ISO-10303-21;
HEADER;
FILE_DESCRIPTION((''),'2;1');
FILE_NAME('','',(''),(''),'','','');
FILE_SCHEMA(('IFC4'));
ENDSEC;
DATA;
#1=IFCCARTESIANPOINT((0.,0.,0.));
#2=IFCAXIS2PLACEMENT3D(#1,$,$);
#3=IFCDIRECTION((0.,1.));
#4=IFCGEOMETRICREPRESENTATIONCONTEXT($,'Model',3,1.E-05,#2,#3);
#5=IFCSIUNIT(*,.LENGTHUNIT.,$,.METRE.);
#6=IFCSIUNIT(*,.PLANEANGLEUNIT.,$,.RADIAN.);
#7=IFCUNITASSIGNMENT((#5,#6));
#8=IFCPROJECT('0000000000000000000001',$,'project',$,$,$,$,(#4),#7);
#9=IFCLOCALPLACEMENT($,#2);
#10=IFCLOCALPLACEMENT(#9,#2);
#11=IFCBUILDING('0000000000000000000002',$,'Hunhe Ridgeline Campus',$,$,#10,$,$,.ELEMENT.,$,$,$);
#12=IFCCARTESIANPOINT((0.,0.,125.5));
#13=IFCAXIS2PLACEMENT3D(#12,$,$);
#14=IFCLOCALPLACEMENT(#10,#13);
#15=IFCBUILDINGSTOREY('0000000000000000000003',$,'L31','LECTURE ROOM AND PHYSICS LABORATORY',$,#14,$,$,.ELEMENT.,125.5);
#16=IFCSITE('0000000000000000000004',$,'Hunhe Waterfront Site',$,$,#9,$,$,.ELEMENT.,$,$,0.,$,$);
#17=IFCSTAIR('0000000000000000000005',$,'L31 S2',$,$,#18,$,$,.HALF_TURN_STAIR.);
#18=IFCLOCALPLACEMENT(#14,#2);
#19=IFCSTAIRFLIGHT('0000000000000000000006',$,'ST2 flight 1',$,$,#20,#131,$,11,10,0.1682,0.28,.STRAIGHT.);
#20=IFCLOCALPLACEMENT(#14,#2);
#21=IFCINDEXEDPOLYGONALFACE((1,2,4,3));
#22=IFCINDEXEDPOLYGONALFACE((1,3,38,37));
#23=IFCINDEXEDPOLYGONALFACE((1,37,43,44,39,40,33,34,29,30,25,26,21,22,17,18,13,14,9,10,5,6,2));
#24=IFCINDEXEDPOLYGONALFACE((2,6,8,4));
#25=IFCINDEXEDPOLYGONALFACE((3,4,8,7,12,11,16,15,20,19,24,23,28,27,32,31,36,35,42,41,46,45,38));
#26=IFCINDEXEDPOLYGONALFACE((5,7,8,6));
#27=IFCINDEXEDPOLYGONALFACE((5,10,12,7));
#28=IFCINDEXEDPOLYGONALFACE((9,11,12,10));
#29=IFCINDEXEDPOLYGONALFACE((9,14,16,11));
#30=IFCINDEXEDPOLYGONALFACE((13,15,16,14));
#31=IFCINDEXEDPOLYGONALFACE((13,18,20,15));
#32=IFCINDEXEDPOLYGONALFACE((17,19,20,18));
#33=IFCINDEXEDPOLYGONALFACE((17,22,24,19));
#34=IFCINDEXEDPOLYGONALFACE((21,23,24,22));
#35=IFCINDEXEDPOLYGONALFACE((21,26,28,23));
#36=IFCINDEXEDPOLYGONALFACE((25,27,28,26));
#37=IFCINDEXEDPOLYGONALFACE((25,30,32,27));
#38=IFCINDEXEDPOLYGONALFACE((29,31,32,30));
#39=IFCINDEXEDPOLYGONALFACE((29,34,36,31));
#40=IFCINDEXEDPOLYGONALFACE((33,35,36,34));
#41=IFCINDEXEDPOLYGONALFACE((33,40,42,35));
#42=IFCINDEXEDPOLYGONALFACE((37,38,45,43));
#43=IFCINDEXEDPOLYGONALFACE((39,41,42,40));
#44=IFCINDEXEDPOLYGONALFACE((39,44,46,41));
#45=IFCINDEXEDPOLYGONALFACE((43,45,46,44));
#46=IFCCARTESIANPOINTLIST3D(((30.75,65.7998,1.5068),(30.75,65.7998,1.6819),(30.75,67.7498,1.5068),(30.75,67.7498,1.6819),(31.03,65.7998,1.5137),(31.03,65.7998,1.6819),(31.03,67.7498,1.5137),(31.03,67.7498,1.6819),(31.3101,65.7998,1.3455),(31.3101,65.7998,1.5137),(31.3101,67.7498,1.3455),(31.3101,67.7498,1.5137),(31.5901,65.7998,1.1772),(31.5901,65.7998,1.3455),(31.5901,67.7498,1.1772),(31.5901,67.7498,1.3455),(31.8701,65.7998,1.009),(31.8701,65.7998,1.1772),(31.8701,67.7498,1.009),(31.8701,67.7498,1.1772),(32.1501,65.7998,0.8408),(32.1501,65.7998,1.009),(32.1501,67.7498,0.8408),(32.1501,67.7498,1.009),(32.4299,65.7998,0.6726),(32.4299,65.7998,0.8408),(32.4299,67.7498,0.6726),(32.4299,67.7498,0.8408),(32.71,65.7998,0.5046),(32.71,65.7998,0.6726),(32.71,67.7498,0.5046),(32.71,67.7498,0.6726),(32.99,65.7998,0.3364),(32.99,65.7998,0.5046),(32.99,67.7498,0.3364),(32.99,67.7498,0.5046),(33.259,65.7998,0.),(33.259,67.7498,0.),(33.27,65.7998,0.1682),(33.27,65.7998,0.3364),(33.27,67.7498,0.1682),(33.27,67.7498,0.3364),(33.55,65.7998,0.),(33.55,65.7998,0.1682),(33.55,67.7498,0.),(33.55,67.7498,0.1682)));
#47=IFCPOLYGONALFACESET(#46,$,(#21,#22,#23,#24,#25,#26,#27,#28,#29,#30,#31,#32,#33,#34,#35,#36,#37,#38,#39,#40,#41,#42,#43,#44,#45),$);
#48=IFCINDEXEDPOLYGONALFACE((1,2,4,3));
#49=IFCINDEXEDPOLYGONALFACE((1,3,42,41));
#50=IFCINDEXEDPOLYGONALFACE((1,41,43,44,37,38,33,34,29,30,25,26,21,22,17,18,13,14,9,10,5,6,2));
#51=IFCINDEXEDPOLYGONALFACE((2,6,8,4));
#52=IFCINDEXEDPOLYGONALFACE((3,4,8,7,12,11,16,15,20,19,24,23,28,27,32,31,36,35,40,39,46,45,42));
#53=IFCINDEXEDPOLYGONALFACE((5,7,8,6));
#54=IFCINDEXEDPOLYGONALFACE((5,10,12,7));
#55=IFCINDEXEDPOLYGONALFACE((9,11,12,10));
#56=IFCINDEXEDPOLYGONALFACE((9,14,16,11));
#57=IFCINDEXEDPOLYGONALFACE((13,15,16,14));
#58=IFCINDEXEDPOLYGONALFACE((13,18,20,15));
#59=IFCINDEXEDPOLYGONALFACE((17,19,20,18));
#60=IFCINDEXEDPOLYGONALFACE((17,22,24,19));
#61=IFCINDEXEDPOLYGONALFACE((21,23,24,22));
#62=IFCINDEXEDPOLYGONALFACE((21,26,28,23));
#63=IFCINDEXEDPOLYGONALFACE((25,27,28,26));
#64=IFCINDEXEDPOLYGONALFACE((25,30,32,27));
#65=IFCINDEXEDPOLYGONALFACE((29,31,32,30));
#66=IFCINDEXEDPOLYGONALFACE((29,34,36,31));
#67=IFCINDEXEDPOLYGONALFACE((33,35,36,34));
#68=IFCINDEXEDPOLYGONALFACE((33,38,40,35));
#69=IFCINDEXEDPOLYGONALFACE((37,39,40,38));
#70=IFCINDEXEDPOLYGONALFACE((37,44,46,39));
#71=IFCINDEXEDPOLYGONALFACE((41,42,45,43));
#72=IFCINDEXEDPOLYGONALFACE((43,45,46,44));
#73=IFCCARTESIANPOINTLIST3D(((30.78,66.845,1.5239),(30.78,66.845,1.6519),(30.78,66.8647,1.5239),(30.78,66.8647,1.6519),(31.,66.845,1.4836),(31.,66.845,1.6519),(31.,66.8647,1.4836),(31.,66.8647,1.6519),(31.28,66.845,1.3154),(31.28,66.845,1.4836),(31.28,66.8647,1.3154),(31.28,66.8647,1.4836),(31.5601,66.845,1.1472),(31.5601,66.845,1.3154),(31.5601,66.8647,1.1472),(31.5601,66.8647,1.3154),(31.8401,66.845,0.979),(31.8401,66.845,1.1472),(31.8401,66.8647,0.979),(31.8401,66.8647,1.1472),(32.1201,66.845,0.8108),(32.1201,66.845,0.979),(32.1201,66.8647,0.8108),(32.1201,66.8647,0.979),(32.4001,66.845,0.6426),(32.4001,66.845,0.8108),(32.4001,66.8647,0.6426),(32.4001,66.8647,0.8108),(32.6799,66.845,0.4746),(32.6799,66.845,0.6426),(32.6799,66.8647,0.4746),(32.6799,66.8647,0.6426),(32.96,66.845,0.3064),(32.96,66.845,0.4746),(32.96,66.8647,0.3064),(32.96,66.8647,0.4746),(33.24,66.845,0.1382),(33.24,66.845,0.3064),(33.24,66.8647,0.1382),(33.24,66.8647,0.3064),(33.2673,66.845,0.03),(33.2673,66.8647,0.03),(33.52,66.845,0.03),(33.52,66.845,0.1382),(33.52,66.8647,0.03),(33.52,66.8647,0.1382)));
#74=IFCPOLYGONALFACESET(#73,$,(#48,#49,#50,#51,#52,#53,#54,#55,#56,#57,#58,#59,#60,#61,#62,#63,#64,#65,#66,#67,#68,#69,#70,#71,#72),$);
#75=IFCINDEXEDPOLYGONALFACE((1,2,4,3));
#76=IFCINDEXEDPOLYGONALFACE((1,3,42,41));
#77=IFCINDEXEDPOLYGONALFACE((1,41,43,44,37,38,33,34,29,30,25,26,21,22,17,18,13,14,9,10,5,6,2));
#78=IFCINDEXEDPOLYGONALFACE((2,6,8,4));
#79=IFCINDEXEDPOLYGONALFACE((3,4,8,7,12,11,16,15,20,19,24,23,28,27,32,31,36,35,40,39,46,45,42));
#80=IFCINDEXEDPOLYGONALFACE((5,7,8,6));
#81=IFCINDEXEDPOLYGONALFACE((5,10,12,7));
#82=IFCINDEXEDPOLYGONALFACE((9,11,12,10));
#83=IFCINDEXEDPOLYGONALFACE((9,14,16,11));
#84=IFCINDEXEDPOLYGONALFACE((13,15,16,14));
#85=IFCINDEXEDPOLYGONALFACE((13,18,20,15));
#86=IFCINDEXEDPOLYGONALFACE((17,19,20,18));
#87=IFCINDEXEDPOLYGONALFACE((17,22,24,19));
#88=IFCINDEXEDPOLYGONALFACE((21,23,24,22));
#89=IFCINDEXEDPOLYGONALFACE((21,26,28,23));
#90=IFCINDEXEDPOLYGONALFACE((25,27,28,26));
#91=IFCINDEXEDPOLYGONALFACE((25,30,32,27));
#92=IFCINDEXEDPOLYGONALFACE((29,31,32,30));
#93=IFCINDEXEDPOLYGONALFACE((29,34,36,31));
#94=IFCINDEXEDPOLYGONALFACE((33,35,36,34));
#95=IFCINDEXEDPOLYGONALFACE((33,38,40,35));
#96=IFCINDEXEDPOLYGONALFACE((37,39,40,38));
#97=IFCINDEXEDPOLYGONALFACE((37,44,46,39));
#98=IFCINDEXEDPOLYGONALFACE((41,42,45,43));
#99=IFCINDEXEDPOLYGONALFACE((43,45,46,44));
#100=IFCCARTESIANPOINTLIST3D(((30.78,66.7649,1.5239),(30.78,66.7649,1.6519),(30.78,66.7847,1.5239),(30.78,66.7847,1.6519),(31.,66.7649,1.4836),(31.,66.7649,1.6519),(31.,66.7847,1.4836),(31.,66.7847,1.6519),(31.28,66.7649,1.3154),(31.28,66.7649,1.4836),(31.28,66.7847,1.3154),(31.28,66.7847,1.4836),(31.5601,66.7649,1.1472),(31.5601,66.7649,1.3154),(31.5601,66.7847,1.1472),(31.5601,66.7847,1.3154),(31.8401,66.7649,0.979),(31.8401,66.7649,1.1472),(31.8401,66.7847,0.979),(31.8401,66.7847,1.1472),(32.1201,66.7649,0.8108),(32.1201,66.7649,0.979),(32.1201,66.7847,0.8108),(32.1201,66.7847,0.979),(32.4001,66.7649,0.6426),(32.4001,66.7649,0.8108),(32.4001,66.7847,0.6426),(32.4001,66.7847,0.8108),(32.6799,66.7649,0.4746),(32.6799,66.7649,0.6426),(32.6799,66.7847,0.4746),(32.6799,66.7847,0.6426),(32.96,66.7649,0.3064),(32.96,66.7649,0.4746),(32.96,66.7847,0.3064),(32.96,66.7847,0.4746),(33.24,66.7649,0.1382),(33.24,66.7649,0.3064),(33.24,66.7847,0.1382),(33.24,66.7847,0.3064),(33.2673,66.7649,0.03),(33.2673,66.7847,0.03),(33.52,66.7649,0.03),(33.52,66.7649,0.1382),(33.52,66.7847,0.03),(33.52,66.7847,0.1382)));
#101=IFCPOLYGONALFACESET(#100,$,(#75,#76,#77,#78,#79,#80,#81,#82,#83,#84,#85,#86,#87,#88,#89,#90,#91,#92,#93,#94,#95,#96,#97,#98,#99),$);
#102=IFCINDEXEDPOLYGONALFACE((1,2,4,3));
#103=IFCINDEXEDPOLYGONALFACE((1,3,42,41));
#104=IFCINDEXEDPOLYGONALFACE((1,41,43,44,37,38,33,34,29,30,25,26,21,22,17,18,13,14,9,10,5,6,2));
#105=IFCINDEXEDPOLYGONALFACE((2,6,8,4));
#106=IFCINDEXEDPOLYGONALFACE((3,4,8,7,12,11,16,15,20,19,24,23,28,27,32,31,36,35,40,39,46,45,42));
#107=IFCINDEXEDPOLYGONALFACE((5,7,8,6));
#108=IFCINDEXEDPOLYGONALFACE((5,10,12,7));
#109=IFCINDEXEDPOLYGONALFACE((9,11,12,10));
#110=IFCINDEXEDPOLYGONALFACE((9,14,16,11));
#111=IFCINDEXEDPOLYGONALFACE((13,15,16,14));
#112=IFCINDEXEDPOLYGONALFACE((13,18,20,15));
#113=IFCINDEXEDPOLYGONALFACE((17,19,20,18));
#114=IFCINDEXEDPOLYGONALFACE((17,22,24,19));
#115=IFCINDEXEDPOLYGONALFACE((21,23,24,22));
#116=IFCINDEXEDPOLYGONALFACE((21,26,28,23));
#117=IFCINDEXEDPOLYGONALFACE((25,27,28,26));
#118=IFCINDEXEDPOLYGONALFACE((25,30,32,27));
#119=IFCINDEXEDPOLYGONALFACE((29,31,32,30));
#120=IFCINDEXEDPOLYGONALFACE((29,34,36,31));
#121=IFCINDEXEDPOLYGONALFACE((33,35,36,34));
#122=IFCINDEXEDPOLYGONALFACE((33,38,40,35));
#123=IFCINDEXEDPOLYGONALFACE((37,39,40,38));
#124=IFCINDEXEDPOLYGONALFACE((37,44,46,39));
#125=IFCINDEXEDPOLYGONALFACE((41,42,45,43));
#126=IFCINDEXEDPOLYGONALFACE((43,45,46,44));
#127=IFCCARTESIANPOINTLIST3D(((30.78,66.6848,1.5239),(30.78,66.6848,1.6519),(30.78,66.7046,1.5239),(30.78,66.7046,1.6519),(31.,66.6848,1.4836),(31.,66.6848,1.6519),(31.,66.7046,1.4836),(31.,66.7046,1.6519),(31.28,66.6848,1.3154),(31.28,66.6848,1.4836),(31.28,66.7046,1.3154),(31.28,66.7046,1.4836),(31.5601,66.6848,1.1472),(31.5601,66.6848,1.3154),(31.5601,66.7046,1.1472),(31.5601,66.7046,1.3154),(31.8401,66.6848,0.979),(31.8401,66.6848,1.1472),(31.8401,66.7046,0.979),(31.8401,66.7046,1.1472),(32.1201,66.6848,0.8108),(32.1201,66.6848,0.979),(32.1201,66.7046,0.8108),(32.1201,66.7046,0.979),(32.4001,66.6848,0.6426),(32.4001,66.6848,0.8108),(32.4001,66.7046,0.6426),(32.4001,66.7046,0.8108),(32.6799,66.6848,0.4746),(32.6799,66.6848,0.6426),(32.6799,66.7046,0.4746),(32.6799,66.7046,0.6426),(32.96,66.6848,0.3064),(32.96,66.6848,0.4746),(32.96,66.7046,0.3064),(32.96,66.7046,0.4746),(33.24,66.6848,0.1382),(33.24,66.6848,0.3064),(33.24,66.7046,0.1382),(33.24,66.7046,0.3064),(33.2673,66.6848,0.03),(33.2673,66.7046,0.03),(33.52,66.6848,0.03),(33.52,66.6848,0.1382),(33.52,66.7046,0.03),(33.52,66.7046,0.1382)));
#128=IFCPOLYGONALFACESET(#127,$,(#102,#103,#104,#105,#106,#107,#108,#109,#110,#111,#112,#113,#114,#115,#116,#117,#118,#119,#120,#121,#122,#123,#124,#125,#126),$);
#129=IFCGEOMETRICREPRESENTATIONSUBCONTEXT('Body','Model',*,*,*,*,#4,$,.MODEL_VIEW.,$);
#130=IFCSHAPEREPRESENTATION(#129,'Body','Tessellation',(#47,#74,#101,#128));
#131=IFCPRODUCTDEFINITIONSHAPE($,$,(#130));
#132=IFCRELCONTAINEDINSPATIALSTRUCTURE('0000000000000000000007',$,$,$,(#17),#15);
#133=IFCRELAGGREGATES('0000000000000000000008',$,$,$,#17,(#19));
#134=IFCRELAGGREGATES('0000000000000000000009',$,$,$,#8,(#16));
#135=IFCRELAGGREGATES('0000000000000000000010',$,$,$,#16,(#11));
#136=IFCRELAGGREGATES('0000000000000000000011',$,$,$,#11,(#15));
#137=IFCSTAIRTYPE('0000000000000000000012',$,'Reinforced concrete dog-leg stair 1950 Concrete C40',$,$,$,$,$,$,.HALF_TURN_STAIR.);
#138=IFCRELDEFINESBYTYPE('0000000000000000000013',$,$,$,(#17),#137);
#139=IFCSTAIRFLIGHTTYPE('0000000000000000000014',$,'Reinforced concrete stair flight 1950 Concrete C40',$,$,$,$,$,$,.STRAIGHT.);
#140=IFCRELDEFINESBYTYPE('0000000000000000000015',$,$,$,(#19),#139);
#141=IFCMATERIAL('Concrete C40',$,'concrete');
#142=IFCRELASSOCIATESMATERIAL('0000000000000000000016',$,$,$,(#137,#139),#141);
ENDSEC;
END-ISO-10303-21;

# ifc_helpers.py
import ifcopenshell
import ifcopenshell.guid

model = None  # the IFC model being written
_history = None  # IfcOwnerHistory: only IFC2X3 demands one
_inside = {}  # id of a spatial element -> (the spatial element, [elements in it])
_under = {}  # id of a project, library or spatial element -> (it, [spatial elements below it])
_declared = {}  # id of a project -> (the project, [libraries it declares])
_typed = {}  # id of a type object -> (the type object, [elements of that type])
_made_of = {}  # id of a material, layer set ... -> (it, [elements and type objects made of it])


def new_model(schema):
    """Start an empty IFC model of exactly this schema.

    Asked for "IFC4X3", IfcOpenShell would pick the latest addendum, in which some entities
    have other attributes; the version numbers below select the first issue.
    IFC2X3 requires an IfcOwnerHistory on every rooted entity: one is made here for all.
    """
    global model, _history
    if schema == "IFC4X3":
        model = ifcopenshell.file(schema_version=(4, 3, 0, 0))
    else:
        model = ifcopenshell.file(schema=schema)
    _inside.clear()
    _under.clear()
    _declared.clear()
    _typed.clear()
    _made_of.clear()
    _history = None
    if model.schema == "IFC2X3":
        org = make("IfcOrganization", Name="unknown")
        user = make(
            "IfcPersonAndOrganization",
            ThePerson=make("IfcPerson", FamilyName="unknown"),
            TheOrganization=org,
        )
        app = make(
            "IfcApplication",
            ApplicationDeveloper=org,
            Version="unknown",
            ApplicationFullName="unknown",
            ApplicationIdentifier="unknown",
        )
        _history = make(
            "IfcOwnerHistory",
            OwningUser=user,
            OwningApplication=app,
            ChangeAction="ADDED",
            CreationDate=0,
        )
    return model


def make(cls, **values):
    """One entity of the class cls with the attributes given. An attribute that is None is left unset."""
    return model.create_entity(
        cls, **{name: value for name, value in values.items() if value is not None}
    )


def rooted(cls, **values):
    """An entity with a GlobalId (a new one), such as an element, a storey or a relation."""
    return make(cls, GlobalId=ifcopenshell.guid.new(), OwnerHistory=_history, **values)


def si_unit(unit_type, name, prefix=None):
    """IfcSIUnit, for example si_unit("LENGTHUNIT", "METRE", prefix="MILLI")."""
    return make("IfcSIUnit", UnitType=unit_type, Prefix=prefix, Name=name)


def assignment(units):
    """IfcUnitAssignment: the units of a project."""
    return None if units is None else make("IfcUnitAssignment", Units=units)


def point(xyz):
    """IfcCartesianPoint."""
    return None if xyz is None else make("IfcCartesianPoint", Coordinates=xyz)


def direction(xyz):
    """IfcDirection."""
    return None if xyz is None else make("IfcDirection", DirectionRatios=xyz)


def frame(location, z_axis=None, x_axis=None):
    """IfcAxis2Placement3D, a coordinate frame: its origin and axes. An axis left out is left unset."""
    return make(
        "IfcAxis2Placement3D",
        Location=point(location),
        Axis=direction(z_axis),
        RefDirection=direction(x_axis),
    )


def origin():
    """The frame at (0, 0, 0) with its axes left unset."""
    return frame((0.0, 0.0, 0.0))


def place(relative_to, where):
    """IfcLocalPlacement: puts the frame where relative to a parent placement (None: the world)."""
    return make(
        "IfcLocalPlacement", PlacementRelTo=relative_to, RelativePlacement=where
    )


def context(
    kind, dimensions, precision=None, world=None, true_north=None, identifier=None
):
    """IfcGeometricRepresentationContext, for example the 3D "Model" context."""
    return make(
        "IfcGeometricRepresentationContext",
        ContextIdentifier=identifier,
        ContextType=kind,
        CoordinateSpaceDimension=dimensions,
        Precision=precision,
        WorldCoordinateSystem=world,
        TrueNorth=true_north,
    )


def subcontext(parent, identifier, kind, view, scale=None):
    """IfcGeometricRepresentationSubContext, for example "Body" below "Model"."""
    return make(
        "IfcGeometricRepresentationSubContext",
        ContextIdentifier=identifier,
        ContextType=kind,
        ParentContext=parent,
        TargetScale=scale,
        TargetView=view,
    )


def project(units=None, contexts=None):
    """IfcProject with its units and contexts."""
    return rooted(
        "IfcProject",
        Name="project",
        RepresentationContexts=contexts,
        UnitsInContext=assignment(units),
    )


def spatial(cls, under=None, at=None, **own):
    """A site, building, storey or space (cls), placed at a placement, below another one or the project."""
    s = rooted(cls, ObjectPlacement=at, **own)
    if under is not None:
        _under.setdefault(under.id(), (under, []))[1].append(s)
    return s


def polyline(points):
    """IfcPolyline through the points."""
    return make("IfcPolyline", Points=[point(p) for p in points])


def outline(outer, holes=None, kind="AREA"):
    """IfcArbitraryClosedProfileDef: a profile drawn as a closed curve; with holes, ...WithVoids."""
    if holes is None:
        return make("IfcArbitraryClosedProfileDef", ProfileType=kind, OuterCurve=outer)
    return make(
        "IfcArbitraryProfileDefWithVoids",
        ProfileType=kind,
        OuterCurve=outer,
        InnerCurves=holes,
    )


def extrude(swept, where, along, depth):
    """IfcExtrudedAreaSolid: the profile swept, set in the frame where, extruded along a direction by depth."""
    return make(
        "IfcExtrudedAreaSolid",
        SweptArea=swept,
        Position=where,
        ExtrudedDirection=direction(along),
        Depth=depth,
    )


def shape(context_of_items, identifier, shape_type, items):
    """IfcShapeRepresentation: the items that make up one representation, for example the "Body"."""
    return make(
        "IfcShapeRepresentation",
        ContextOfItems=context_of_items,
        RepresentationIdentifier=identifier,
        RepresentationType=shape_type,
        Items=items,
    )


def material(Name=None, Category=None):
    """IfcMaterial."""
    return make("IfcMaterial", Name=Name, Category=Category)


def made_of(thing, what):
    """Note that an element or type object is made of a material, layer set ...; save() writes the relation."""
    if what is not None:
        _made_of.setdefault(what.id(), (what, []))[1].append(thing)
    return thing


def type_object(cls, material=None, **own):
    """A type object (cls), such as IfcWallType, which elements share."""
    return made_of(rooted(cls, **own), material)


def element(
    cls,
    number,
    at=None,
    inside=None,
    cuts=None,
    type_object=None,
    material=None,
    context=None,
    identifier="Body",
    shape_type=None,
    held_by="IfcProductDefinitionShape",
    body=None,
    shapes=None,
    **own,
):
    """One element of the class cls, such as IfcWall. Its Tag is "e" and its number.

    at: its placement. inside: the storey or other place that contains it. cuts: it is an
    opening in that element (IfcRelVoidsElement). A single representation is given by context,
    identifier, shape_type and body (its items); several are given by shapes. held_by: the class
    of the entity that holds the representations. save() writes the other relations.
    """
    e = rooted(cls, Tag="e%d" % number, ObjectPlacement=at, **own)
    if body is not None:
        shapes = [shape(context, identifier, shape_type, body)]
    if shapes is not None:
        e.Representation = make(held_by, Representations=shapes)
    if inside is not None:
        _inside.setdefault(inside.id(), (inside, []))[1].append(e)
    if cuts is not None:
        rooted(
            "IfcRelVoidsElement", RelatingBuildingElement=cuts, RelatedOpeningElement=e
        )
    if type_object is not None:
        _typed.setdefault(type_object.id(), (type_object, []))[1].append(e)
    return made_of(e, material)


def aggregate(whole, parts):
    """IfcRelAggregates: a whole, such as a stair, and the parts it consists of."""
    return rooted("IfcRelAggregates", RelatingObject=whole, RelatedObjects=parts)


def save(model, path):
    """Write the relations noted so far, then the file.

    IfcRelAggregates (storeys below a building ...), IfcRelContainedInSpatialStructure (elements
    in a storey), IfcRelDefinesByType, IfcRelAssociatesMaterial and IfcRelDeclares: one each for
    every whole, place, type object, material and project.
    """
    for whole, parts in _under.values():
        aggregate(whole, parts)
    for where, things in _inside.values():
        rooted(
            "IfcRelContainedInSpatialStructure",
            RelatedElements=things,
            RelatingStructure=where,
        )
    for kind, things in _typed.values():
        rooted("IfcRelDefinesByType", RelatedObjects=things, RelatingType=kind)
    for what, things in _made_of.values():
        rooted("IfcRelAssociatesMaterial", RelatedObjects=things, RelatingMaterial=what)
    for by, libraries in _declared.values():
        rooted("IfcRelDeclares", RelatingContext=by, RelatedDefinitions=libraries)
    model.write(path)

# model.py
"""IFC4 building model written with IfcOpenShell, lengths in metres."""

from ifc_helpers import new_model, si_unit, direction, frame, origin, place, context, subcontext, project, spatial, polyline, outline, extrude, material, type_object, element, aggregate, save


model = new_model("IFC4")

# Units and contexts
model_context = context("Model", 3, precision=1e-05, world=origin(), true_north=direction((0.0, 1.0)))
body_context = subcontext(model_context, "Body", "Model", "MODEL_VIEW")
ifc_project = project(units=[si_unit("LENGTHUNIT", "METRE"), si_unit("PLANEANGLEUNIT", "RADIAN")], contexts=[model_context])

# Site, building, storey
site_placement = place(None, origin())
site = spatial("IfcSite", under=ifc_project, at=site_placement, Name="Hunhe Waterfront Site", CompositionType="ELEMENT", RefElevation=0.0)
building_placement = place(site_placement, origin())
building = spatial("IfcBuilding", under=site, at=building_placement, Name="Hunhe Ridgeline Campus", CompositionType="ELEMENT")
storey_placement = place(building_placement, frame((0.0, 0.0, 125.5)))
storey = spatial("IfcBuildingStorey", under=building, at=storey_placement, Name="L31", Description="LECTURE ROOM AND PHYSICS LABORATORY", CompositionType="ELEMENT", Elevation=125.5)

# Stair, stair flight
ifc_material_1 = material(Name="Concrete C40", Category="concrete")
stair_type = type_object("IfcStairType", Name="Reinforced concrete dog-leg stair 1950 Concrete C40", PredefinedType="HALF_TURN_STAIR", material=ifc_material_1)
stair_placement = place(storey_placement, origin())
stair = element("IfcStair", 1, at=stair_placement, inside=storey, type_object=stair_type, Name="L31 S2", PredefinedType="HALF_TURN_STAIR")
stair_flight_type = type_object("IfcStairFlightType", Name="Reinforced concrete stair flight 1950 Concrete C40", PredefinedType="STRAIGHT", material=ifc_material_1)
stair_flight_1_placement = place(storey_placement, frame((33.55, 66.7749, 0.0), z_axis=(0.0, 0.0, 1.0), x_axis=(-1.0, 0.0, 0.0)))
stair_flight_1 = element("IfcStairFlight", 2, at=stair_flight_1_placement, type_object=stair_flight_type, Name="ST2 flight 1", NumberOfRisers=11, NumberOfTreads=10, PredefinedType="STRAIGHT", RiserHeight=0.1682, TreadLength=0.28, context=body_context, shape_type="SweptSolid", body=[
    extrude(outline(polyline([(0.0, 0.0), (0.0, 0.1682), (0.28, 0.1682), (0.28, 0.3364), (0.5601, 0.3364), (0.5601, 0.5046), (0.8401, 0.5046), (0.8401, 0.6726), (1.1201, 0.6726), (1.1201, 0.8408), (1.3999, 0.8408), (1.3999, 1.009), (1.6799, 1.009), (1.6799, 1.1772), (1.96, 1.1772), (1.96, 1.3455), (2.24, 1.3455), (2.24, 1.5137), (2.52, 1.5137), (2.52, 1.6819), (2.8, 1.6819), (2.8, 1.8501), (2.8, 1.5068), (0.291, 0.0), (0.0, 0.0)])), frame((0.0, 0.9751, 0.0), z_axis=(0.0, -1.0, 0.0), x_axis=(1.0, 0.0, 0.0)), (0.0, 0.0, 1.0), 1.95),
    extrude(outline(polyline([(0.03, 0.03), (0.03, 0.1382), (0.3101, 0.1382), (0.3101, 0.3064), (0.5901, 0.3064), (0.5901, 0.4746), (0.8701, 0.4746), (0.8701, 0.6426), (1.1499, 0.6426), (1.1499, 0.8108), (1.4299, 0.8108), (1.4299, 0.979), (1.71, 0.979), (1.71, 1.1472), (1.99, 1.1472), (1.99, 1.3154), (2.27, 1.3154), (2.27, 1.4836), (2.55, 1.4836), (2.55, 1.6519), (2.77, 1.6519), (2.77, 1.5239), (0.2827, 0.03), (0.03, 0.03)])), frame((0.0, -0.0701, 0.0), z_axis=(0.0, -1.0, 0.0), x_axis=(1.0, 0.0, 0.0)), (0.0, 0.0, 1.0), 0.0198),
    extrude(outline(polyline([(0.03, 0.03), (0.03, 0.1382), (0.3101, 0.1382), (0.3101, 0.3064), (0.5901, 0.3064), (0.5901, 0.4746), (0.8701, 0.4746), (0.8701, 0.6426), (1.1499, 0.6426), (1.1499, 0.8108), (1.4299, 0.8108), (1.4299, 0.979), (1.71, 0.979), (1.71, 1.1472), (1.99, 1.1472), (1.99, 1.3154), (2.27, 1.3154), (2.27, 1.4836), (2.55, 1.4836), (2.55, 1.6519), (2.77, 1.6519), (2.77, 1.5239), (0.2827, 0.03), (0.03, 0.03)])), frame((0.0, 0.01, 0.0), z_axis=(0.0, -1.0, 0.0), x_axis=(1.0, 0.0, 0.0)), (0.0, 0.0, 1.0), 0.0198),
    extrude(outline(polyline([(0.03, 0.03), (0.03, 0.1382), (0.3101, 0.1382), (0.3101, 0.3064), (0.5901, 0.3064), (0.5901, 0.4746), (0.8701, 0.4746), (0.8701, 0.6426), (1.1499, 0.6426), (1.1499, 0.8108), (1.4299, 0.8108), (1.4299, 0.979), (1.71, 0.979), (1.71, 1.1472), (1.99, 1.1472), (1.99, 1.3154), (2.27, 1.3154), (2.27, 1.4836), (2.55, 1.4836), (2.55, 1.6519), (2.77, 1.6519), (2.77, 1.5239), (0.2827, 0.03), (0.03, 0.03)])), frame((0.0, 0.0901, 0.0), z_axis=(0.0, -1.0, 0.0), x_axis=(1.0, 0.0, 0.0)), (0.0, 0.0, 1.0), 0.0198),
])
aggregate(stair, [stair_flight_1])

save(model, "model.ifc")
